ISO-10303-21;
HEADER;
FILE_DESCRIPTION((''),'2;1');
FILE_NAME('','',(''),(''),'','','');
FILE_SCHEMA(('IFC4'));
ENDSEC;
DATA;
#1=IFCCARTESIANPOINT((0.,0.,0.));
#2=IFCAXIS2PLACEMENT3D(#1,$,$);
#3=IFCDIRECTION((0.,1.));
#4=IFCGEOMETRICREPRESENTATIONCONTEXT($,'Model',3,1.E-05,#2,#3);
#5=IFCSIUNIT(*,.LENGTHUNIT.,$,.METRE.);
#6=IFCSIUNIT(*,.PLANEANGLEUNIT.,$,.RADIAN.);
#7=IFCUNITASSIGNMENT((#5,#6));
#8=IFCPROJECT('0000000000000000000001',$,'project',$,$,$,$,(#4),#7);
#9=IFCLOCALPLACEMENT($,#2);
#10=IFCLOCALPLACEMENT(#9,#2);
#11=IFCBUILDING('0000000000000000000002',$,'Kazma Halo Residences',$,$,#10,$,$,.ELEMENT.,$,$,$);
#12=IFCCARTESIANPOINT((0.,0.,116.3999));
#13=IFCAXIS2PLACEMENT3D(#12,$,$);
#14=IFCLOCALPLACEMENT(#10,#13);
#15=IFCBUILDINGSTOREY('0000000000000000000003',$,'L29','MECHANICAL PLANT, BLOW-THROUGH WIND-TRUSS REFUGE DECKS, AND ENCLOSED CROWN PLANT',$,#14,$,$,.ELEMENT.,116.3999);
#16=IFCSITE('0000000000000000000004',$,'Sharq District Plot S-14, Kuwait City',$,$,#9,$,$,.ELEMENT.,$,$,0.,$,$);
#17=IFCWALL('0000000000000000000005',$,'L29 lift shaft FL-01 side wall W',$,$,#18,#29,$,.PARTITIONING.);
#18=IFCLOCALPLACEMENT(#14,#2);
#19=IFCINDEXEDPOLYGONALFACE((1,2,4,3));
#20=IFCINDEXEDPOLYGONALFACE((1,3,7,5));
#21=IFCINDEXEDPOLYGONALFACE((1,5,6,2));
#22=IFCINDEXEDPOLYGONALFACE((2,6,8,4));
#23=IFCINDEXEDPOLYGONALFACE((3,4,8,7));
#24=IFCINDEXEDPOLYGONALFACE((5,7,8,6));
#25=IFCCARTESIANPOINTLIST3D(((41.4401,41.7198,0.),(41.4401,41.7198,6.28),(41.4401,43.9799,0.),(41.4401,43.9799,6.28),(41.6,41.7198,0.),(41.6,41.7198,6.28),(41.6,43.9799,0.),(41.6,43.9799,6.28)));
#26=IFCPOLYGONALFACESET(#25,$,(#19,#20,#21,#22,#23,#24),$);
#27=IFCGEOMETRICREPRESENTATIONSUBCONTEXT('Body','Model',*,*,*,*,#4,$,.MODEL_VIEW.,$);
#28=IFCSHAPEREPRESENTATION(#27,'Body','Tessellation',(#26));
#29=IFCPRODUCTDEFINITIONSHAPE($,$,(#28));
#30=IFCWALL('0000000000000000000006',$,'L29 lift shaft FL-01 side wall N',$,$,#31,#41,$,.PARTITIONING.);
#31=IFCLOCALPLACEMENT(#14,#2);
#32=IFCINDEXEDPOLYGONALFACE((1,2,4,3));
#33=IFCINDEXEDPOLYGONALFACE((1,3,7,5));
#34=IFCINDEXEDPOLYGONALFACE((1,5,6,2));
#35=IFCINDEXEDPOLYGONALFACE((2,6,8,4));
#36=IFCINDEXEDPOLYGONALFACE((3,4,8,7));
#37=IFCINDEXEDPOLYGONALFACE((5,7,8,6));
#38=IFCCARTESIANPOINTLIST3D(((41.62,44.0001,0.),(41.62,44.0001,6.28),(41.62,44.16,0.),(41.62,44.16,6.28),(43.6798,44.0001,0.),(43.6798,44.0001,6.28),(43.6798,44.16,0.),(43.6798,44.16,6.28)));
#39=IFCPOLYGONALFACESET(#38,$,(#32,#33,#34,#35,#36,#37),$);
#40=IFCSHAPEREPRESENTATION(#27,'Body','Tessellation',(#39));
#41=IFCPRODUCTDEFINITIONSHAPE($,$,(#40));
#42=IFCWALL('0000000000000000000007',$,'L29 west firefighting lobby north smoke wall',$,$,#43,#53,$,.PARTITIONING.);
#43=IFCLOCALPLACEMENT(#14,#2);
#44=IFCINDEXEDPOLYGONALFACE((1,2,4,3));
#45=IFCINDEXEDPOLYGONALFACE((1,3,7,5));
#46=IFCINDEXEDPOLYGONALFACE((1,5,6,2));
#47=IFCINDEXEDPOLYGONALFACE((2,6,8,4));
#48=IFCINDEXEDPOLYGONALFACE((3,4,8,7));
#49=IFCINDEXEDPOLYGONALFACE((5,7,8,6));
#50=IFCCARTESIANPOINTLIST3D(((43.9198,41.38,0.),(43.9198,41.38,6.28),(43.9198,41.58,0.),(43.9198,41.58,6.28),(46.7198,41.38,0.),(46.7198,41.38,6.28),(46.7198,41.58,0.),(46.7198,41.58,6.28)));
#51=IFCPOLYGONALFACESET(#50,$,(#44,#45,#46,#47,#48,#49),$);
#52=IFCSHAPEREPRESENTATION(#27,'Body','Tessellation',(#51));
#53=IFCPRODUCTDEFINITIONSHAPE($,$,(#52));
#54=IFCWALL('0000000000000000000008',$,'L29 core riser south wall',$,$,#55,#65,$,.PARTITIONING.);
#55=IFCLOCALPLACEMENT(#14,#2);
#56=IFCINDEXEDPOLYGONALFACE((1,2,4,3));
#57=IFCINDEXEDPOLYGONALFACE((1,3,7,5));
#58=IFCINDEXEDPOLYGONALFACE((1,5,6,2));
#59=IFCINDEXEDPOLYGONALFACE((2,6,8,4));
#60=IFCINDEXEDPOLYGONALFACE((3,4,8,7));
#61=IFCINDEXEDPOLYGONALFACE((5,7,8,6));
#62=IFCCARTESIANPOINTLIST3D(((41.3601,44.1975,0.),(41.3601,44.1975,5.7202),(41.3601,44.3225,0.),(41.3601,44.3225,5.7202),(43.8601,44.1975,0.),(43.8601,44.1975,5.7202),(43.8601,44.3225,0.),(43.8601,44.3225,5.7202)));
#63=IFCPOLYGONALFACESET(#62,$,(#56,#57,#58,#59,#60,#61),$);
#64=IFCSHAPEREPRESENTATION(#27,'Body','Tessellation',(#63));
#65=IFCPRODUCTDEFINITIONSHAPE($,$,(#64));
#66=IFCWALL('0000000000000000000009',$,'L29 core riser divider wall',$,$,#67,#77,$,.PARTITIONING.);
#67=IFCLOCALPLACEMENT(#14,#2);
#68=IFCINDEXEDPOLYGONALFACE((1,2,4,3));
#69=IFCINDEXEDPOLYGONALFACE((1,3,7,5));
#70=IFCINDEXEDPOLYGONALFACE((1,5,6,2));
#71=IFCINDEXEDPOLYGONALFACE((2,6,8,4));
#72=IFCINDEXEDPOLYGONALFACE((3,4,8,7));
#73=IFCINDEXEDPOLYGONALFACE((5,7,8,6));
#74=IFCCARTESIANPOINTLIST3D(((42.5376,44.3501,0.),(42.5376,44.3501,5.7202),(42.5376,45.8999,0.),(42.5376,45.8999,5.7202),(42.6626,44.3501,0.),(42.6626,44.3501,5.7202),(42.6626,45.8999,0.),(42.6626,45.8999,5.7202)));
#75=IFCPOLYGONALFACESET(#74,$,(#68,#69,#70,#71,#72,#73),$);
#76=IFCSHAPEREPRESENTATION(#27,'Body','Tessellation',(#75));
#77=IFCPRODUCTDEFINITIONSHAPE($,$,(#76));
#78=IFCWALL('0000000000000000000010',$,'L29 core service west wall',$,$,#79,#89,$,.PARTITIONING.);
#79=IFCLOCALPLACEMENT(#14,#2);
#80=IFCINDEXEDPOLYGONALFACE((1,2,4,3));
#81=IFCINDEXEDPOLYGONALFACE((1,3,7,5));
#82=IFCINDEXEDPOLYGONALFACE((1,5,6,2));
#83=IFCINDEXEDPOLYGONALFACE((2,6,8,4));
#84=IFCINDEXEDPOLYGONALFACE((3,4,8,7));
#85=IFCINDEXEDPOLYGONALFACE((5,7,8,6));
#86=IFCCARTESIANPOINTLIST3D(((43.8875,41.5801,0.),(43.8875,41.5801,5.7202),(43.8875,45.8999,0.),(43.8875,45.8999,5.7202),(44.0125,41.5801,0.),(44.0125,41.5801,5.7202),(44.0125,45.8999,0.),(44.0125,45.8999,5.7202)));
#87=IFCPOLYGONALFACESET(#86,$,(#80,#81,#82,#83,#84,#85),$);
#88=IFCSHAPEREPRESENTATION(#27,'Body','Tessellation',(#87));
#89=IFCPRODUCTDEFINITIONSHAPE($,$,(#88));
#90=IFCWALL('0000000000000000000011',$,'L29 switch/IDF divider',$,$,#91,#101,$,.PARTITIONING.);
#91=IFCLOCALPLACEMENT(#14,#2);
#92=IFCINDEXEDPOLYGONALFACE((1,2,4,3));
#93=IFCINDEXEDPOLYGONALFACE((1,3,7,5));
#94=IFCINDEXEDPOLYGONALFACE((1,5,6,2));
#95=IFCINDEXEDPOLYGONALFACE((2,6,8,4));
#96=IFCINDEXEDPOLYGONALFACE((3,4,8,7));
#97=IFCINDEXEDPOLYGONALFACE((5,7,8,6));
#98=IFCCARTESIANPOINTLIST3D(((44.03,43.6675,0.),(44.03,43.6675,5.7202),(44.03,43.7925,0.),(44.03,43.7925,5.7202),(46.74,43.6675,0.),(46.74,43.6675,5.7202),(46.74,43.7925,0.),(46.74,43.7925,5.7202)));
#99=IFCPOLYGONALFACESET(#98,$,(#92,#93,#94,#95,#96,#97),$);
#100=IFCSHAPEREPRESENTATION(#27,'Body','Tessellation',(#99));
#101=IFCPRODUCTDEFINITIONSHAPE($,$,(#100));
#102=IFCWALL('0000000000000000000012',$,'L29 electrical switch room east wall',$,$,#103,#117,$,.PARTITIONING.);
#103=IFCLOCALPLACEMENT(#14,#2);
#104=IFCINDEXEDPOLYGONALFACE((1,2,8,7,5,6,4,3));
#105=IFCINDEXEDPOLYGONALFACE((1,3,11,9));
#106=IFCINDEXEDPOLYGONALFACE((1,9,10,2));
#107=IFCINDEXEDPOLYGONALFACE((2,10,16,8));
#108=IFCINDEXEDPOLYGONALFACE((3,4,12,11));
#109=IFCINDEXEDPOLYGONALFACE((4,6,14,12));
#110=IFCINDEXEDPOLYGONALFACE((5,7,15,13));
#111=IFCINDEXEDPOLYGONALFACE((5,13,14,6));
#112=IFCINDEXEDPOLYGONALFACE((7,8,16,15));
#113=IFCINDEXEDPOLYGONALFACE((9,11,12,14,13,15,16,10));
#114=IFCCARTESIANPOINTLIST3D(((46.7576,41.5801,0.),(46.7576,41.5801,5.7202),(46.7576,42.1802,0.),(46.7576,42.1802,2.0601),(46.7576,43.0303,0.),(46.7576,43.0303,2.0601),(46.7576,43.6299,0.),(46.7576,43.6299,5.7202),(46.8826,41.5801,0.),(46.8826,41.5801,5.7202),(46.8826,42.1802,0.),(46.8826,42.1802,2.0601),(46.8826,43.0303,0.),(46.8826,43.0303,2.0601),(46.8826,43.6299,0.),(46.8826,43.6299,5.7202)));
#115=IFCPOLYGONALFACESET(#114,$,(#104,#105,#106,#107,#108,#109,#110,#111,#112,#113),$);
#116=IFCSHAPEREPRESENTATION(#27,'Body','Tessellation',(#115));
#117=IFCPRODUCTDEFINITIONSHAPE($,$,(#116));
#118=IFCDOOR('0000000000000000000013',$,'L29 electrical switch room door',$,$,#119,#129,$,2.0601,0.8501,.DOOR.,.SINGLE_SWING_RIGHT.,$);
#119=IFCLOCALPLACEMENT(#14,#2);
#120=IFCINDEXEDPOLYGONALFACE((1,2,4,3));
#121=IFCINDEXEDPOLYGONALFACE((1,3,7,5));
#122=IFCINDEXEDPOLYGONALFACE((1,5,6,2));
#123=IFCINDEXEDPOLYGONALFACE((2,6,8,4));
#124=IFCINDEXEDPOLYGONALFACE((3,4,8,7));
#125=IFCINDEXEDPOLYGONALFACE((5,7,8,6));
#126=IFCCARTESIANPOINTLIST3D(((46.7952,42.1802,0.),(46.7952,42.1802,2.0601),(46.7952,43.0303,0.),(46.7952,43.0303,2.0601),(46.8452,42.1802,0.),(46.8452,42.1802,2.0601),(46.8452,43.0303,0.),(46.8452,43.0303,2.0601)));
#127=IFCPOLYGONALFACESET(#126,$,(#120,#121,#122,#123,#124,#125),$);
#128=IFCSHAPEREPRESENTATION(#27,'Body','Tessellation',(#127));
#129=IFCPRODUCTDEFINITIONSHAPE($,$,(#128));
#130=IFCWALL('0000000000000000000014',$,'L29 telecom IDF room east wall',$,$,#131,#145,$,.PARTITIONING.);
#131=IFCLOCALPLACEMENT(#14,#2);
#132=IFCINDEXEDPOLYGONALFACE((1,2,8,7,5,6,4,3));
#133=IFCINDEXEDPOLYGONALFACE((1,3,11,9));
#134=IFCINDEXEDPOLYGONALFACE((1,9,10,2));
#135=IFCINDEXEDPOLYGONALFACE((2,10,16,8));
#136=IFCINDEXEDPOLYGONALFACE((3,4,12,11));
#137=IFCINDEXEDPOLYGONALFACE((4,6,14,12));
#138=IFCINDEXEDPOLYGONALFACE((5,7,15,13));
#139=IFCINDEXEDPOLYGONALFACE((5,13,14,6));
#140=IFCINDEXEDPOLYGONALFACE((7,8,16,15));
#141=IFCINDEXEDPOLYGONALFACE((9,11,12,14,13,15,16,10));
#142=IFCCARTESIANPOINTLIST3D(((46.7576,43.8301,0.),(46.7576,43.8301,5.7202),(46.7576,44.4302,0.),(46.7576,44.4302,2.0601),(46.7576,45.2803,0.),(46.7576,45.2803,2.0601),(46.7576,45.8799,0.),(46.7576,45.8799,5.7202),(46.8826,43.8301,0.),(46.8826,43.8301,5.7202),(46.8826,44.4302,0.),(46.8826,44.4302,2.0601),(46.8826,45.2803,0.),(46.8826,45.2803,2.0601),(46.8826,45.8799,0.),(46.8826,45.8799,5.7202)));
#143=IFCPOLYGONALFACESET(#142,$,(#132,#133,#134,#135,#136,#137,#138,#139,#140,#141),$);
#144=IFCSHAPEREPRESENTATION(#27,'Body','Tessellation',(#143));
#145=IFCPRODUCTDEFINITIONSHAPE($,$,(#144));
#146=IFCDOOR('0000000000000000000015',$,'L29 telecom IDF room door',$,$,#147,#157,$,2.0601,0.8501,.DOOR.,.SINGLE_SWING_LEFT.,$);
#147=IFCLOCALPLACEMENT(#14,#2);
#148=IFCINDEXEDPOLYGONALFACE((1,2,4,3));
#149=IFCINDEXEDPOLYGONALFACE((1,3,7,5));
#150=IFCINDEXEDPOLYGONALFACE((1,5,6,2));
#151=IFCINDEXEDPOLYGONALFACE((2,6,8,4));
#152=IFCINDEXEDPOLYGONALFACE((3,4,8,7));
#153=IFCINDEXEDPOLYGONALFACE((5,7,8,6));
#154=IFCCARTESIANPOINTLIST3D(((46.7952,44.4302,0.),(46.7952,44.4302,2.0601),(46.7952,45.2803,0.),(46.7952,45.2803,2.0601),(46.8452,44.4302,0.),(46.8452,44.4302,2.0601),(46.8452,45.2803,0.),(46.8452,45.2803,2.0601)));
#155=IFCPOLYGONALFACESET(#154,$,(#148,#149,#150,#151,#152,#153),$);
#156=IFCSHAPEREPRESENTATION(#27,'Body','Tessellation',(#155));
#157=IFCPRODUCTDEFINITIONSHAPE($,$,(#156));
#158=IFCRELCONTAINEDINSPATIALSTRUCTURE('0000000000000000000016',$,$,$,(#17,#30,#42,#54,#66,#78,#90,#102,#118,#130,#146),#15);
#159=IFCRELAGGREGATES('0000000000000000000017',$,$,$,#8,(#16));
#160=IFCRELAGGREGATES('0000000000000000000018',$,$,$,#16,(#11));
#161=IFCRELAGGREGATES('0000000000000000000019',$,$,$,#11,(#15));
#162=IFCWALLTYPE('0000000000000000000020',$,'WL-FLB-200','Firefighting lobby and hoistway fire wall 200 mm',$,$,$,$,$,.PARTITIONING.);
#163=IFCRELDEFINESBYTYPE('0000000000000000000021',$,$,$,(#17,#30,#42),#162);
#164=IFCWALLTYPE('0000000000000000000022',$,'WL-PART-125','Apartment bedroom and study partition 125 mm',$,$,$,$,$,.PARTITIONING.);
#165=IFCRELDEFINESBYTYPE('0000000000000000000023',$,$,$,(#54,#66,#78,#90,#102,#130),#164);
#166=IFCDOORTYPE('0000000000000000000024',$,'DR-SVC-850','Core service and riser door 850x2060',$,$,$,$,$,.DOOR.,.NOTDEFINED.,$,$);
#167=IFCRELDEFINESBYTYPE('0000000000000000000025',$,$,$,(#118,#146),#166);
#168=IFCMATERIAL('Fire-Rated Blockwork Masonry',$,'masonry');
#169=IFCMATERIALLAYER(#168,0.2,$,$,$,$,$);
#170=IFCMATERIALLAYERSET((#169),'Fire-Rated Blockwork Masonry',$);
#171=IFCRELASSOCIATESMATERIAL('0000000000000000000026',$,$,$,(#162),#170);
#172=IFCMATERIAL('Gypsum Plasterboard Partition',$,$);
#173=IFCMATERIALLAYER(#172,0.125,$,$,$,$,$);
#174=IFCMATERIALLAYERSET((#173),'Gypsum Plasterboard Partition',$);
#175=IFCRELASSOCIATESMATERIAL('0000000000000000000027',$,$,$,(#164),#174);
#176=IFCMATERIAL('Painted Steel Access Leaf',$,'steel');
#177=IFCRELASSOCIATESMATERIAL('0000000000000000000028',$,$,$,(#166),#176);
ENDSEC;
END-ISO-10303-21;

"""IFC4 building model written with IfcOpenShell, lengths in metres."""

from ifc_helpers import new_model, si_unit, direction, frame, frame_2d, origin, place, context, subcontext, project, spatial, rectangle, extrude, material, layer, layer_set, type_object, element, fill, save


model = new_model("IFC4")

# Units and contexts
model_context = context("Model", 3, precision=1e-05, world=origin(), true_north=direction((0.0, 1.0)))
body_context = subcontext(model_context, "Body", "Model", "MODEL_VIEW")
ifc_project = project(units=[si_unit("LENGTHUNIT", "METRE"), si_unit("PLANEANGLEUNIT", "RADIAN")], contexts=[model_context])

# Site, building, storey
site_placement = place(None, origin())
site = spatial("IfcSite", under=ifc_project, at=site_placement, Name="Sharq District Plot S-14, Kuwait City", CompositionType="ELEMENT", RefElevation=0.0)
building_placement = place(site_placement, origin())
building = spatial("IfcBuilding", under=site, at=building_placement, Name="Kazma Halo Residences", CompositionType="ELEMENT")
storey_placement = place(building_placement, frame((0.0, 0.0, 116.3999)))
storey = spatial("IfcBuildingStorey", under=building, at=storey_placement, Name="L29", Description="MECHANICAL PLANT, BLOW-THROUGH WIND-TRUSS REFUGE DECKS, AND ENCLOSED CROWN PLANT", CompositionType="ELEMENT", Elevation=116.3999)

# Shared definitions
ifc_material_1 = material(Name="Fire-Rated Blockwork Masonry", Category="masonry")
ifc_layer_1 = layer(ifc_material_1, 0.2)
ifc_layer_set_1 = layer_set([ifc_layer_1], Name="Fire-Rated Blockwork Masonry")
wall_type_1 = type_object("IfcWallType", Name="WL-FLB-200", Description="Firefighting lobby and hoistway fire wall 200 mm", PredefinedType="PARTITIONING", material=ifc_layer_set_1)

# Walls
for number, where, z_axis, x_axis, name in (
    (1, (41.52, 41.72, 0.0), (0.0, 0.0, 1.0), (0.0, 1.0, 0.0), "L29 lift shaft FL-01 side wall W"),
):
    element("IfcWall", number, at=place(storey_placement, frame(where, z_axis=z_axis, x_axis=x_axis)), inside=storey, type_object=wall_type_1, Name=name, PredefinedType="PARTITIONING", context=body_context, shape_type="SweptSolid", body=[
        extrude(rectangle(XDim=2.26, YDim=0.1599, at=frame_2d((1.1299, 0.0))), origin(), (0.0, 0.0, 1.0), 6.28),
    ])
wall_1_placement = place(storey_placement, frame((41.6201, 44.0801, 0.0), z_axis=(0.0, 0.0, 1.0), x_axis=(1.0, 0.0, 0.0)))
element("IfcWall", 2, at=wall_1_placement, inside=storey, type_object=wall_type_1, Name="L29 lift shaft FL-01 side wall N", PredefinedType="PARTITIONING", context=body_context, shape_type="SweptSolid", body=[
    extrude(rectangle(XDim=2.0598, YDim=0.1599, at=frame_2d((1.0298, 0.0))), origin(), (0.0, 0.0, 1.0), 6.28),
])
wall_2_placement = place(storey_placement, frame((43.9199, 41.48, 0.0), z_axis=(0.0, 0.0, 1.0), x_axis=(1.0, 0.0, 0.0)))
element("IfcWall", 3, at=wall_2_placement, inside=storey, type_object=wall_type_1, Name="L29 west firefighting lobby north smoke wall", PredefinedType="PARTITIONING", context=body_context, shape_type="SweptSolid", body=[
    extrude(rectangle(XDim=2.8, YDim=0.2, at=frame_2d((1.3999, 0.0))), origin(), (0.0, 0.0, 1.0), 6.28),
])
ifc_material_2 = material(Name="Gypsum Plasterboard Partition")
ifc_layer_2 = layer(ifc_material_2, 0.125)
ifc_layer_set_2 = layer_set([ifc_layer_2], Name="Gypsum Plasterboard Partition")
wall_type_2 = type_object("IfcWallType", Name="WL-PART-125", Description="Apartment bedroom and study partition 125 mm", PredefinedType="PARTITIONING", material=ifc_layer_set_2)
wall_3_placement = place(storey_placement, frame((41.3601, 44.26, 0.0), z_axis=(0.0, 0.0, 1.0), x_axis=(1.0, 0.0, 0.0)))
element("IfcWall", 4, at=wall_3_placement, inside=storey, type_object=wall_type_2, Name="L29 core riser south wall", PredefinedType="PARTITIONING", context=body_context, shape_type="SweptSolid", body=[
    extrude(rectangle(XDim=2.5, YDim=0.125, at=frame_2d((1.25, 0.0))), origin(), (0.0, 0.0, 1.0), 5.7202),
])
wall_4_placement = place(storey_placement, frame((42.6001, 44.3501, 0.0), z_axis=(0.0, 0.0, 1.0), x_axis=(0.0, 1.0, 0.0)))
element("IfcWall", 5, at=wall_4_placement, inside=storey, type_object=wall_type_2, Name="L29 core riser divider wall", PredefinedType="PARTITIONING", context=body_context, shape_type="SweptSolid", body=[
    extrude(rectangle(XDim=1.5498, YDim=0.125, at=frame_2d((0.7749, 0.0))), origin(), (0.0, 0.0, 1.0), 5.7202),
])
wall_5_placement = place(storey_placement, frame((43.95, 41.5801, 0.0), z_axis=(0.0, 0.0, 1.0), x_axis=(0.0, 1.0, 0.0)))
element("IfcWall", 6, at=wall_5_placement, inside=storey, type_object=wall_type_2, Name="L29 core service west wall", PredefinedType="PARTITIONING", context=body_context, shape_type="SweptSolid", body=[
    extrude(rectangle(XDim=4.3198, YDim=0.125, at=frame_2d((2.1599, 0.0))), origin(), (0.0, 0.0, 1.0), 5.7202),
])
wall_6_placement = place(storey_placement, frame((44.03, 43.73, 0.0), z_axis=(0.0, 0.0, 1.0), x_axis=(1.0, 0.0, 0.0)))
element("IfcWall", 7, at=wall_6_placement, inside=storey, type_object=wall_type_2, Name="L29 switch/IDF divider", PredefinedType="PARTITIONING", context=body_context, shape_type="SweptSolid", body=[
    extrude(rectangle(XDim=2.71, YDim=0.125, at=frame_2d((1.355, 0.0))), origin(), (0.0, 0.0, 1.0), 5.7202),
])

# Walls, openings, doors
wall_7_placement = place(storey_placement, frame((46.8201, 41.5801, 0.0), z_axis=(0.0, 0.0, 1.0), x_axis=(0.0, 1.0, 0.0)))
wall_7 = element("IfcWall", 8, at=wall_7_placement, inside=storey, type_object=wall_type_2, Name="L29 electrical switch room east wall", PredefinedType="PARTITIONING", context=body_context, shape_type="SweptSolid", body=[
    extrude(rectangle(XDim=2.0498, YDim=0.125, at=frame_2d((1.0249, 0.0))), origin(), (0.0, 0.0, 1.0), 5.7202),
])
opening_1_placement = place(wall_7_placement, frame((0.6001, 0.0, 0.0)))
opening_1 = element("IfcOpeningElement", 9, at=opening_1_placement, cuts=wall_7, PredefinedType="OPENING", context=body_context, shape_type="SweptSolid", body=[
    extrude(rectangle(XDim=0.8501, YDim=2.0601, at=frame_2d((0.425, 1.03))), frame((0.0, 0.0725, 0.0), z_axis=(0.0, -1.0, 0.0), x_axis=(1.0, 0.0, 0.0)), (0.0, 0.0, 1.0), 0.145),
])
ifc_material_3 = material(Name="Painted Steel Access Leaf", Category="steel")
door_type_1 = type_object("IfcDoorType", Name="DR-SVC-850", Description="Core service and riser door 850x2060", OperationType="NOTDEFINED", PredefinedType="DOOR", material=ifc_material_3)
door_1_placement = place(opening_1_placement, origin())
door_1 = element("IfcDoor", 10, at=door_1_placement, inside=storey, type_object=door_type_1, Name="L29 electrical switch room door", OperationType="SINGLE_SWING_RIGHT", OverallHeight=2.0601, OverallWidth=0.8501, PredefinedType="DOOR", context=body_context, shape_type="SweptSolid", body=[
    extrude(rectangle(XDim=0.8501, YDim=2.0601, at=frame_2d((0.425, 1.03))), frame((0.0, 0.0249, 0.0), z_axis=(0.0, -1.0, 0.0), x_axis=(1.0, 0.0, 0.0)), (0.0, 0.0, 1.0), 0.05),
])
fill(opening_1, door_1)
wall_8_placement = place(storey_placement, frame((46.8201, 43.8301, 0.0), z_axis=(0.0, 0.0, 1.0), x_axis=(0.0, 1.0, 0.0)))
wall_8 = element("IfcWall", 11, at=wall_8_placement, inside=storey, type_object=wall_type_2, Name="L29 telecom IDF room east wall", PredefinedType="PARTITIONING", context=body_context, shape_type="SweptSolid", body=[
    extrude(rectangle(XDim=2.0498, YDim=0.125, at=frame_2d((1.0249, 0.0))), origin(), (0.0, 0.0, 1.0), 5.7202),
])
opening_2_placement = place(wall_8_placement, frame((0.6001, 0.0, 0.0)))
opening_2 = element("IfcOpeningElement", 12, at=opening_2_placement, cuts=wall_8, PredefinedType="OPENING", context=body_context, shape_type="SweptSolid", body=[
    extrude(rectangle(XDim=0.8501, YDim=2.0601, at=frame_2d((0.425, 1.03))), frame((0.0, 0.0725, 0.0), z_axis=(0.0, -1.0, 0.0), x_axis=(1.0, 0.0, 0.0)), (0.0, 0.0, 1.0), 0.145),
])
door_2_placement = place(opening_2_placement, origin())
door_2 = element("IfcDoor", 13, at=door_2_placement, inside=storey, type_object=door_type_1, Name="L29 telecom IDF room door", OperationType="SINGLE_SWING_LEFT", OverallHeight=2.0601, OverallWidth=0.8501, PredefinedType="DOOR", context=body_context, shape_type="SweptSolid", body=[
    extrude(rectangle(XDim=0.8501, YDim=2.0601, at=frame_2d((0.425, 1.03))), frame((0.0, 0.0249, 0.0), z_axis=(0.0, -1.0, 0.0), x_axis=(1.0, 0.0, 0.0)), (0.0, 0.0, 1.0), 0.05),
])
fill(opening_2, door_2)

save(model, "model.ifc")
